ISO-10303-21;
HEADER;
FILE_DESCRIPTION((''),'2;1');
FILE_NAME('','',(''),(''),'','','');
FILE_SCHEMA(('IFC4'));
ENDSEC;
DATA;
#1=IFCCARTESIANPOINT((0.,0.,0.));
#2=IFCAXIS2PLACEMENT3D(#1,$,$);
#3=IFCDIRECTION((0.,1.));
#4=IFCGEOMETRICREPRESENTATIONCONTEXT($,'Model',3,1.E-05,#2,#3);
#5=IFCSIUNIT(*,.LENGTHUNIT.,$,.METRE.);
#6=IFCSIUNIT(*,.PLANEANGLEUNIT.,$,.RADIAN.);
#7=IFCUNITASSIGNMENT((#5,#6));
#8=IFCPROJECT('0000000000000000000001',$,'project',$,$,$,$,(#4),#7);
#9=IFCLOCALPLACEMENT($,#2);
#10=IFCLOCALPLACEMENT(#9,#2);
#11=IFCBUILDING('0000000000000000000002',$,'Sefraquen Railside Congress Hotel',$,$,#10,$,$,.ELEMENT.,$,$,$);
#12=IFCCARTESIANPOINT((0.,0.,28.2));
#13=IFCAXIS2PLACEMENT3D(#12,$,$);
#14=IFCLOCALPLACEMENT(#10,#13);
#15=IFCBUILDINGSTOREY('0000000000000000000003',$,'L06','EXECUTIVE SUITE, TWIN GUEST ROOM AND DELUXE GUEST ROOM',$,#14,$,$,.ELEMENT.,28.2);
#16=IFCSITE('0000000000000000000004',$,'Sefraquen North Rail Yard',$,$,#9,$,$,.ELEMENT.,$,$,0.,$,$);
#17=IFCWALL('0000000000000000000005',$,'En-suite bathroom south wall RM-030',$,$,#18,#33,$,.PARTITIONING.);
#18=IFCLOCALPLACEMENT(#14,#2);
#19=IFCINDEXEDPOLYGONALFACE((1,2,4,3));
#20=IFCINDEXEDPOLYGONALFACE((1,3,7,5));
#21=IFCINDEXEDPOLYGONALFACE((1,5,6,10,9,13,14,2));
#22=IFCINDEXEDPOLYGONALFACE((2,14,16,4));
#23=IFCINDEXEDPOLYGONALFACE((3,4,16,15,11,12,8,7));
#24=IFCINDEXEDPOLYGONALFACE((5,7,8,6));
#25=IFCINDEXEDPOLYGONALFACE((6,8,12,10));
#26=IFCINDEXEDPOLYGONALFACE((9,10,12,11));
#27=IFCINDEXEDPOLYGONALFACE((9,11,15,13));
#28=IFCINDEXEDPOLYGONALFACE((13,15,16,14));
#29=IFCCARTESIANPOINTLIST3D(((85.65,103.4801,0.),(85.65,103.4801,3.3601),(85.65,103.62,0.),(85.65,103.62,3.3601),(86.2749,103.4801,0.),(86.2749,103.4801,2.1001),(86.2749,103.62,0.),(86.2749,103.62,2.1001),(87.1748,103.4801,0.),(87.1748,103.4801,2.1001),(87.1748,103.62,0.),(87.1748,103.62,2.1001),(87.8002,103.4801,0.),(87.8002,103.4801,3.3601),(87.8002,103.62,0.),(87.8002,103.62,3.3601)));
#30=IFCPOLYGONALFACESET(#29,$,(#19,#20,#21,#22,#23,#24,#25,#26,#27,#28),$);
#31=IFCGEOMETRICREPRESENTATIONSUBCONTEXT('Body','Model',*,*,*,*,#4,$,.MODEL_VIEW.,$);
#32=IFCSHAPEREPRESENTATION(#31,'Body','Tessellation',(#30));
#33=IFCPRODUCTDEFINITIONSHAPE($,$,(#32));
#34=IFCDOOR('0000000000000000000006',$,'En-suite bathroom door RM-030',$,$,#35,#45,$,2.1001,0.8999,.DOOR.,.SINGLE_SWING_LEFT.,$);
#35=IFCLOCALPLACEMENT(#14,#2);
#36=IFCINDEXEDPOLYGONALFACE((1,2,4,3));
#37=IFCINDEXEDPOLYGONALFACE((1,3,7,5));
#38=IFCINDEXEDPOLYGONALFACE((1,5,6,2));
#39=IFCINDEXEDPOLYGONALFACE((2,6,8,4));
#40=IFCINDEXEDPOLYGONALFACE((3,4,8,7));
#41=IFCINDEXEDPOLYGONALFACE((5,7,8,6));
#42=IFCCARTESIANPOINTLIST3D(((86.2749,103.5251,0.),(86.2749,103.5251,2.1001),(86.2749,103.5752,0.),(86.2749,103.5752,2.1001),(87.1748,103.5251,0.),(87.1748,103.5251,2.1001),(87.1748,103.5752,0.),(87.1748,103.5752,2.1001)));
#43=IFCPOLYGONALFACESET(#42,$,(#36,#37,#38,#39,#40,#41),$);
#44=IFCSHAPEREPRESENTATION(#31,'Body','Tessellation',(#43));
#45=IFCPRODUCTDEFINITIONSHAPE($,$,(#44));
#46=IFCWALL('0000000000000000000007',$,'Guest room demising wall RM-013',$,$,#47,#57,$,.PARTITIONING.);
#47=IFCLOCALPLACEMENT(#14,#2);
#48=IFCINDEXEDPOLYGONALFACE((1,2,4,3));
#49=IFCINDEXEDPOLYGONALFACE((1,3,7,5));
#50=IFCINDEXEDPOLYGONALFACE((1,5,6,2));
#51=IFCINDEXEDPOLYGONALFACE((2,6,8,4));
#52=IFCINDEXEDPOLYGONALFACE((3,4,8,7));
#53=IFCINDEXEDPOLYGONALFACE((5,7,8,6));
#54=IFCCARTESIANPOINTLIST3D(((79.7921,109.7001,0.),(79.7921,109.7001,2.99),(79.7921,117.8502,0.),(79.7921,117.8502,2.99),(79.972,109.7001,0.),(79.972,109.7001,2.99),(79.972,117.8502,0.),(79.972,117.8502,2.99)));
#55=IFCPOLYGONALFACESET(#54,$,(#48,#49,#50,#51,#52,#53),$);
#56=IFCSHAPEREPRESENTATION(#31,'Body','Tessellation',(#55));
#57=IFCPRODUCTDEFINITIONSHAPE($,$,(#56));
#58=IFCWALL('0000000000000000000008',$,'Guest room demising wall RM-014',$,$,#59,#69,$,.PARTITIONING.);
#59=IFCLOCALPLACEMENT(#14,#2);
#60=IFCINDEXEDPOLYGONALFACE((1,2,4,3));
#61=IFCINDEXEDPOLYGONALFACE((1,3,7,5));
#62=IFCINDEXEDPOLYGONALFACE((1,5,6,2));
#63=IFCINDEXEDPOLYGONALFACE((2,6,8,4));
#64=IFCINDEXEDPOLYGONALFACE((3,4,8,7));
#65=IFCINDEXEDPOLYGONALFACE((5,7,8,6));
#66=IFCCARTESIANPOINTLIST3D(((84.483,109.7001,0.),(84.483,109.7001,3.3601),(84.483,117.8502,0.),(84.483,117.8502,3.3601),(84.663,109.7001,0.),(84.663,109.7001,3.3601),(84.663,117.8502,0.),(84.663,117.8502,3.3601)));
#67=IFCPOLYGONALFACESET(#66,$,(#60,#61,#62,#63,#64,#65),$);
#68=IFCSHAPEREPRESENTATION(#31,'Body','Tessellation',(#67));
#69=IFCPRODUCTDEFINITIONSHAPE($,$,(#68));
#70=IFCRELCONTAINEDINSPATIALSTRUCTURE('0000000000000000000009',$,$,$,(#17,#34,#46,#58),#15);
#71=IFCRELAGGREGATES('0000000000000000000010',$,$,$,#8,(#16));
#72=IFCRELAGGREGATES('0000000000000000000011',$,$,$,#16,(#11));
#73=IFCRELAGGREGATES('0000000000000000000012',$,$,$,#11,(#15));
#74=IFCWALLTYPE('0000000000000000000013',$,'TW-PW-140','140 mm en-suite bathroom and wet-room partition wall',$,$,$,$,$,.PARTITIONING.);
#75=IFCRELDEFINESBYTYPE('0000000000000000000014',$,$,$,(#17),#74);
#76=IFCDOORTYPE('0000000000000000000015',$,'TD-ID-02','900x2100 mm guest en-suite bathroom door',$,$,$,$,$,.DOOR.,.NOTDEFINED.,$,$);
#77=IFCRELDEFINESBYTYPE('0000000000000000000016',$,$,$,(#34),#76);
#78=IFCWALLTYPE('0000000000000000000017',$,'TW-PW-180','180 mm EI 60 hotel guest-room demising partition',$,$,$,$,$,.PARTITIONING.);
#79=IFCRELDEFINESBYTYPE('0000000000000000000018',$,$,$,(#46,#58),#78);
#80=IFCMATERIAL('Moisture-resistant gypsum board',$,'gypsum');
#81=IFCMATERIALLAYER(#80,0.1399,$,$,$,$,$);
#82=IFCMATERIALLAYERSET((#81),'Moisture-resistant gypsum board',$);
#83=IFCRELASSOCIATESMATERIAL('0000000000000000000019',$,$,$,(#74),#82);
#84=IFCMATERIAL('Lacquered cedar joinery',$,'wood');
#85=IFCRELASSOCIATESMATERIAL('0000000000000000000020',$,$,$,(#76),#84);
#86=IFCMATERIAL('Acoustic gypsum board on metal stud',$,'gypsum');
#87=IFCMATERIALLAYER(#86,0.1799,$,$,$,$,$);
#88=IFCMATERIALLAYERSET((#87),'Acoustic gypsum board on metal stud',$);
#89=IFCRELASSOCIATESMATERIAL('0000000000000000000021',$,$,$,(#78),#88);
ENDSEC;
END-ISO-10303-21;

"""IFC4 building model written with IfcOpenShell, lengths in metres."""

from ifc_helpers import new_model, si_unit, direction, frame, frame_2d, origin, place, context, subcontext, project, spatial, rectangle, extrude, material, layer, layer_set, type_object, element, fill, save


model = new_model("IFC4")

# Units and contexts
model_context = context("Model", 3, precision=1e-05, world=origin(), true_north=direction((0.0, 1.0)))
body_context = subcontext(model_context, "Body", "Model", "MODEL_VIEW")
ifc_project = project(units=[si_unit("LENGTHUNIT", "METRE"), si_unit("PLANEANGLEUNIT", "RADIAN")], contexts=[model_context])

# Site, building, storey
site_placement = place(None, origin())
site = spatial("IfcSite", under=ifc_project, at=site_placement, Name="Sefraquen North Rail Yard", CompositionType="ELEMENT", RefElevation=0.0)
building_placement = place(site_placement, origin())
building = spatial("IfcBuilding", under=site, at=building_placement, Name="Sefraquen Railside Congress Hotel", CompositionType="ELEMENT")
storey_placement = place(building_placement, frame((0.0, 0.0, 28.2)))
storey = spatial("IfcBuildingStorey", under=building, at=storey_placement, Name="L06", Description="EXECUTIVE SUITE, TWIN GUEST ROOM AND DELUXE GUEST ROOM", CompositionType="ELEMENT", Elevation=28.2)

# Shared definitions
ifc_material_1 = material(Name="Moisture-resistant gypsum board", Category="gypsum")
ifc_layer_1 = layer(ifc_material_1, 0.1399)
ifc_layer_set_1 = layer_set([ifc_layer_1], Name="Moisture-resistant gypsum board")
wall_type_1 = type_object("IfcWallType", Name="TW-PW-140", Description="140 mm en-suite bathroom and wet-room partition wall", PredefinedType="PARTITIONING", material=ifc_layer_set_1)

# Wall, opening, door
wall_1_placement = place(storey_placement, frame((85.6499, 103.55, 0.0), z_axis=(0.0, 0.0, 1.0), x_axis=(1.0, 0.0, 0.0)))
wall_1 = element("IfcWall", 1, at=wall_1_placement, inside=storey, type_object=wall_type_1, Name="En-suite bathroom south wall RM-030", PredefinedType="PARTITIONING", context=body_context, shape_type="SweptSolid", body=[
    extrude(rectangle(XDim=2.1501, YDim=0.1399, at=frame_2d((1.0752, 0.0))), origin(), (0.0, 0.0, 1.0), 3.3601),
])
opening_1_placement = place(wall_1_placement, frame((0.625, 0.0, 0.0)))
opening_1 = element("IfcOpeningElement", 2, at=opening_1_placement, cuts=wall_1, PredefinedType="OPENING", context=body_context, shape_type="SweptSolid", body=[
    extrude(rectangle(XDim=0.8999, YDim=2.1001, at=frame_2d((0.45, 1.05))), frame((0.0, 0.0798, 0.0), z_axis=(0.0, -1.0, 0.0), x_axis=(1.0, 0.0, 0.0)), (0.0, 0.0, 1.0), 0.1599),
])
ifc_material_2 = material(Name="Lacquered cedar joinery", Category="wood")
door_type_1 = type_object("IfcDoorType", Name="TD-ID-02", Description="900x2100 mm guest en-suite bathroom door", OperationType="NOTDEFINED", PredefinedType="DOOR", material=ifc_material_2)
door_1_placement = place(opening_1_placement, frame((0.8999, 0.0, 0.0), z_axis=(0.0, 0.0, 1.0), x_axis=(-1.0, 0.0, 0.0)))
door_1 = element("IfcDoor", 3, at=door_1_placement, inside=storey, type_object=door_type_1, Name="En-suite bathroom door RM-030", OperationType="SINGLE_SWING_LEFT", OverallHeight=2.1001, OverallWidth=0.8999, PredefinedType="DOOR", context=body_context, shape_type="SweptSolid", body=[
    extrude(rectangle(XDim=0.8999, YDim=2.1001, at=frame_2d((0.45, 1.05))), frame((0.0, 0.0249, 0.0), z_axis=(0.0, -1.0, 0.0), x_axis=(1.0, 0.0, 0.0)), (0.0, 0.0, 1.0), 0.05),
])
fill(opening_1, door_1)

# Walls
ifc_material_3 = material(Name="Acoustic gypsum board on metal stud", Category="gypsum")
ifc_layer_2 = layer(ifc_material_3, 0.1799)
ifc_layer_set_2 = layer_set([ifc_layer_2], Name="Acoustic gypsum board on metal stud")
wall_type_2 = type_object("IfcWallType", Name="TW-PW-180", Description="180 mm EI 60 hotel guest-room demising partition", PredefinedType="PARTITIONING", material=ifc_layer_set_2)
wall_2_placement = place(storey_placement, frame((79.8821, 109.7, 0.0), z_axis=(0.0, 0.0, 1.0), x_axis=(0.0, 1.0, 0.0)))
element("IfcWall", 4, at=wall_2_placement, inside=storey, type_object=wall_type_2, Name="Guest room demising wall RM-013", PredefinedType="PARTITIONING", context=body_context, shape_type="SweptSolid", body=[
    extrude(rectangle(XDim=8.1501, YDim=0.1799, at=frame_2d((4.0752, 0.0))), origin(), (0.0, 0.0, 1.0), 2.99),
])
wall_3_placement = place(storey_placement, frame((84.573, 109.7, 0.0), z_axis=(0.0, 0.0, 1.0), x_axis=(0.0, 1.0, 0.0)))
element("IfcWall", 5, at=wall_3_placement, inside=storey, type_object=wall_type_2, Name="Guest room demising wall RM-014", PredefinedType="PARTITIONING", context=body_context, shape_type="SweptSolid", body=[
    extrude(rectangle(XDim=8.1501, YDim=0.1799, at=frame_2d((4.0752, 0.0))), origin(), (0.0, 0.0, 1.0), 3.3601),
])

save(model, "model.ifc")
